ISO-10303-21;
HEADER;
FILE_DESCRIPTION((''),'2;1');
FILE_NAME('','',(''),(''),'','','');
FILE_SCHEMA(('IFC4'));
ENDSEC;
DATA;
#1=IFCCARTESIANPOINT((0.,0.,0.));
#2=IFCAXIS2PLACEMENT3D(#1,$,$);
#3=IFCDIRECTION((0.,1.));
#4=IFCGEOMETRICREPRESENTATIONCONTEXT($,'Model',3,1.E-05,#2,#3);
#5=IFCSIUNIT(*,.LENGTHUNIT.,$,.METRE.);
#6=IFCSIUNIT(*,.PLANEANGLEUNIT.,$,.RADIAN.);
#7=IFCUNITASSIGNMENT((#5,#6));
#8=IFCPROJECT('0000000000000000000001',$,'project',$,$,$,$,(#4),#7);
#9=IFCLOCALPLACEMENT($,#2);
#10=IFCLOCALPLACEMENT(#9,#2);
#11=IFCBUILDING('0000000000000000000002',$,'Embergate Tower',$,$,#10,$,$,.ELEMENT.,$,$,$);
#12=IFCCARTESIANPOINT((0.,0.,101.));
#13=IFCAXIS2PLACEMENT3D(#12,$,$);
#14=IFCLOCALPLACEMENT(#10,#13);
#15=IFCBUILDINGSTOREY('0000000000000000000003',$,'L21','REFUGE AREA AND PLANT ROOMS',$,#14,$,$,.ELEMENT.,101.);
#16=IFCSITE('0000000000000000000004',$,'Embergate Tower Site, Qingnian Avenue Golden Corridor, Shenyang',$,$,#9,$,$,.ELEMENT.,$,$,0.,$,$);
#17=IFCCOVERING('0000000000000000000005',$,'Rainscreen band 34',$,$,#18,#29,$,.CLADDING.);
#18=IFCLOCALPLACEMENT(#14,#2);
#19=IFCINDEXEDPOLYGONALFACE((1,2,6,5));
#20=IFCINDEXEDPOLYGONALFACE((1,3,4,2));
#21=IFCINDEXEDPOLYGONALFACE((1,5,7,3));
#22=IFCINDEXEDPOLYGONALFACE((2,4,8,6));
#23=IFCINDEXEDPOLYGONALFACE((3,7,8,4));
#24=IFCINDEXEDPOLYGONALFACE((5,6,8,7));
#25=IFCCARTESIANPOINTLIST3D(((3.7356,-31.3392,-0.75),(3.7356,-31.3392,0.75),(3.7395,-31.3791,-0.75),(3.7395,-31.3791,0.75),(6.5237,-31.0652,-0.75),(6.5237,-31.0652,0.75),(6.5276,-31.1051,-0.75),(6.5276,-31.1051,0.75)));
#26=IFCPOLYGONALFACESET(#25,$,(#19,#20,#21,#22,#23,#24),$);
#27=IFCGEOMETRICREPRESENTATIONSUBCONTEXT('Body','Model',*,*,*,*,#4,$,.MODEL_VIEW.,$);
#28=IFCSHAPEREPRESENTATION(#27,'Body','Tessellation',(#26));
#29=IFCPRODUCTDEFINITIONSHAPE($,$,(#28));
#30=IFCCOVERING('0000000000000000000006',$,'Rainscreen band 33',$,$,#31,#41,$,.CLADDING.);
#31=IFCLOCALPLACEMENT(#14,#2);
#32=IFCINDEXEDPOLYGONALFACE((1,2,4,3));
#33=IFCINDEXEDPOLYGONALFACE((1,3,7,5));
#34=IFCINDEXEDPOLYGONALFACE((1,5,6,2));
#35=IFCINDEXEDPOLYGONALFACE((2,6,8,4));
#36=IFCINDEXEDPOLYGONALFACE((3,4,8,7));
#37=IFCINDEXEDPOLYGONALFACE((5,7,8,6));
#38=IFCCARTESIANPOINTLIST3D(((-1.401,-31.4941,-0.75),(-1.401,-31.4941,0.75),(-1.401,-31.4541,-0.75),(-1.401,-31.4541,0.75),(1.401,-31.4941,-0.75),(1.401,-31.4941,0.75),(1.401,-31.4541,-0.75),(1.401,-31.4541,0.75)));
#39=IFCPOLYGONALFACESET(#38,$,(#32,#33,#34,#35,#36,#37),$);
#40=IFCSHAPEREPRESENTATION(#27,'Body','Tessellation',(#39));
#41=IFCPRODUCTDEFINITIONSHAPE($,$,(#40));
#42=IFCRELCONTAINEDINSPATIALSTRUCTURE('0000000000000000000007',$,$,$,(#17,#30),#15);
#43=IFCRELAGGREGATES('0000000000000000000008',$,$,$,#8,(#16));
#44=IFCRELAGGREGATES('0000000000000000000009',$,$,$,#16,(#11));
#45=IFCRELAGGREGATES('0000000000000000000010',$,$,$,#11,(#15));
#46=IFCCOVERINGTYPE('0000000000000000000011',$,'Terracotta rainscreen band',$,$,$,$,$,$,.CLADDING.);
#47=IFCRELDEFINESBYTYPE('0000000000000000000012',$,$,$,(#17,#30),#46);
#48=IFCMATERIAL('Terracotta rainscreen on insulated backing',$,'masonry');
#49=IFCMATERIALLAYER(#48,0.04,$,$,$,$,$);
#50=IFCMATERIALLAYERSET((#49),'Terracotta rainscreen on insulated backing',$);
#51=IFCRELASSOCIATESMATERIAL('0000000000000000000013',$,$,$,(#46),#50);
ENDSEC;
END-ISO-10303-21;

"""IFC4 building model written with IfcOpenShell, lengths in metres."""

from ifc_helpers import new_model, si_unit, direction, frame, origin, origin_2d, place, context, subcontext, project, spatial, rectangle, extrude, source, transform, mapped, material, layer, layer_set, type_object, element, save


model = new_model("IFC4")

# Units and contexts
model_context = context("Model", 3, precision=1e-05, world=origin(), true_north=direction((0.0, 1.0)))
body_context = subcontext(model_context, "Body", "Model", "MODEL_VIEW")
ifc_project = project(units=[si_unit("LENGTHUNIT", "METRE"), si_unit("PLANEANGLEUNIT", "RADIAN")], contexts=[model_context])

# Site, building, storey
site_placement = place(None, origin())
site = spatial("IfcSite", under=ifc_project, at=site_placement, Name="Embergate Tower Site, Qingnian Avenue Golden Corridor, Shenyang", CompositionType="ELEMENT", RefElevation=0.0)
building_placement = place(site_placement, origin())
building = spatial("IfcBuilding", under=site, at=building_placement, Name="Embergate Tower", CompositionType="ELEMENT")
storey_placement = place(building_placement, frame((0.0, 0.0, 101.0)))
storey = spatial("IfcBuildingStorey", under=building, at=storey_placement, Name="L21", Description="REFUGE AREA AND PLANT ROOMS", CompositionType="ELEMENT", Elevation=101.0)

# Coverings
ifc_material_1 = material(Name="Terracotta rainscreen on insulated backing", Category="masonry")
ifc_layer_1 = layer(ifc_material_1, 0.04)
ifc_layer_set_1 = layer_set([ifc_layer_1], Name="Terracotta rainscreen on insulated backing")
covering_type = type_object("IfcCoveringType", Name="Terracotta rainscreen band", PredefinedType="CLADDING", material=ifc_layer_set_1)
shared_shape_1 = source(origin(), body_context, "Body", "SweptSolid", [
    extrude(rectangle(XDim=2.8015, YDim=0.04, at=origin_2d()), origin(), (0.0, 0.0, 1.0), 1.5),
])
covering_1_placement = place(storey_placement, frame((5.1316, -31.2222, -0.75), z_axis=(0.0, 0.0, 1.0), x_axis=(0.995205, 0.097807, 0.0)))
element("IfcCovering", 1, at=covering_1_placement, inside=storey, type_object=covering_type, Name="Rainscreen band 34", PredefinedType="CLADDING", context=body_context, shape_type="MappedRepresentation", body=[
    mapped(shared_shape_1, transform((0.0, 0.0, 0.0))),
])
shared_shape_2 = source(origin(), body_context, "Body", "SweptSolid", [
    extrude(rectangle(XDim=2.802, YDim=0.04, at=origin_2d()), origin(), (0.0, 0.0, 1.0), 1.5),
])
covering_2_placement = place(storey_placement, frame((0.0, -31.4741, -0.75), z_axis=(0.0, 0.0, 1.0), x_axis=(1.0, 0.0, 0.0)))
element("IfcCovering", 2, at=covering_2_placement, inside=storey, type_object=covering_type, Name="Rainscreen band 33", PredefinedType="CLADDING", context=body_context, shape_type="MappedRepresentation", body=[
    mapped(shared_shape_2, transform((0.0, 0.0, 0.0))),
])

save(model, "model.ifc")
